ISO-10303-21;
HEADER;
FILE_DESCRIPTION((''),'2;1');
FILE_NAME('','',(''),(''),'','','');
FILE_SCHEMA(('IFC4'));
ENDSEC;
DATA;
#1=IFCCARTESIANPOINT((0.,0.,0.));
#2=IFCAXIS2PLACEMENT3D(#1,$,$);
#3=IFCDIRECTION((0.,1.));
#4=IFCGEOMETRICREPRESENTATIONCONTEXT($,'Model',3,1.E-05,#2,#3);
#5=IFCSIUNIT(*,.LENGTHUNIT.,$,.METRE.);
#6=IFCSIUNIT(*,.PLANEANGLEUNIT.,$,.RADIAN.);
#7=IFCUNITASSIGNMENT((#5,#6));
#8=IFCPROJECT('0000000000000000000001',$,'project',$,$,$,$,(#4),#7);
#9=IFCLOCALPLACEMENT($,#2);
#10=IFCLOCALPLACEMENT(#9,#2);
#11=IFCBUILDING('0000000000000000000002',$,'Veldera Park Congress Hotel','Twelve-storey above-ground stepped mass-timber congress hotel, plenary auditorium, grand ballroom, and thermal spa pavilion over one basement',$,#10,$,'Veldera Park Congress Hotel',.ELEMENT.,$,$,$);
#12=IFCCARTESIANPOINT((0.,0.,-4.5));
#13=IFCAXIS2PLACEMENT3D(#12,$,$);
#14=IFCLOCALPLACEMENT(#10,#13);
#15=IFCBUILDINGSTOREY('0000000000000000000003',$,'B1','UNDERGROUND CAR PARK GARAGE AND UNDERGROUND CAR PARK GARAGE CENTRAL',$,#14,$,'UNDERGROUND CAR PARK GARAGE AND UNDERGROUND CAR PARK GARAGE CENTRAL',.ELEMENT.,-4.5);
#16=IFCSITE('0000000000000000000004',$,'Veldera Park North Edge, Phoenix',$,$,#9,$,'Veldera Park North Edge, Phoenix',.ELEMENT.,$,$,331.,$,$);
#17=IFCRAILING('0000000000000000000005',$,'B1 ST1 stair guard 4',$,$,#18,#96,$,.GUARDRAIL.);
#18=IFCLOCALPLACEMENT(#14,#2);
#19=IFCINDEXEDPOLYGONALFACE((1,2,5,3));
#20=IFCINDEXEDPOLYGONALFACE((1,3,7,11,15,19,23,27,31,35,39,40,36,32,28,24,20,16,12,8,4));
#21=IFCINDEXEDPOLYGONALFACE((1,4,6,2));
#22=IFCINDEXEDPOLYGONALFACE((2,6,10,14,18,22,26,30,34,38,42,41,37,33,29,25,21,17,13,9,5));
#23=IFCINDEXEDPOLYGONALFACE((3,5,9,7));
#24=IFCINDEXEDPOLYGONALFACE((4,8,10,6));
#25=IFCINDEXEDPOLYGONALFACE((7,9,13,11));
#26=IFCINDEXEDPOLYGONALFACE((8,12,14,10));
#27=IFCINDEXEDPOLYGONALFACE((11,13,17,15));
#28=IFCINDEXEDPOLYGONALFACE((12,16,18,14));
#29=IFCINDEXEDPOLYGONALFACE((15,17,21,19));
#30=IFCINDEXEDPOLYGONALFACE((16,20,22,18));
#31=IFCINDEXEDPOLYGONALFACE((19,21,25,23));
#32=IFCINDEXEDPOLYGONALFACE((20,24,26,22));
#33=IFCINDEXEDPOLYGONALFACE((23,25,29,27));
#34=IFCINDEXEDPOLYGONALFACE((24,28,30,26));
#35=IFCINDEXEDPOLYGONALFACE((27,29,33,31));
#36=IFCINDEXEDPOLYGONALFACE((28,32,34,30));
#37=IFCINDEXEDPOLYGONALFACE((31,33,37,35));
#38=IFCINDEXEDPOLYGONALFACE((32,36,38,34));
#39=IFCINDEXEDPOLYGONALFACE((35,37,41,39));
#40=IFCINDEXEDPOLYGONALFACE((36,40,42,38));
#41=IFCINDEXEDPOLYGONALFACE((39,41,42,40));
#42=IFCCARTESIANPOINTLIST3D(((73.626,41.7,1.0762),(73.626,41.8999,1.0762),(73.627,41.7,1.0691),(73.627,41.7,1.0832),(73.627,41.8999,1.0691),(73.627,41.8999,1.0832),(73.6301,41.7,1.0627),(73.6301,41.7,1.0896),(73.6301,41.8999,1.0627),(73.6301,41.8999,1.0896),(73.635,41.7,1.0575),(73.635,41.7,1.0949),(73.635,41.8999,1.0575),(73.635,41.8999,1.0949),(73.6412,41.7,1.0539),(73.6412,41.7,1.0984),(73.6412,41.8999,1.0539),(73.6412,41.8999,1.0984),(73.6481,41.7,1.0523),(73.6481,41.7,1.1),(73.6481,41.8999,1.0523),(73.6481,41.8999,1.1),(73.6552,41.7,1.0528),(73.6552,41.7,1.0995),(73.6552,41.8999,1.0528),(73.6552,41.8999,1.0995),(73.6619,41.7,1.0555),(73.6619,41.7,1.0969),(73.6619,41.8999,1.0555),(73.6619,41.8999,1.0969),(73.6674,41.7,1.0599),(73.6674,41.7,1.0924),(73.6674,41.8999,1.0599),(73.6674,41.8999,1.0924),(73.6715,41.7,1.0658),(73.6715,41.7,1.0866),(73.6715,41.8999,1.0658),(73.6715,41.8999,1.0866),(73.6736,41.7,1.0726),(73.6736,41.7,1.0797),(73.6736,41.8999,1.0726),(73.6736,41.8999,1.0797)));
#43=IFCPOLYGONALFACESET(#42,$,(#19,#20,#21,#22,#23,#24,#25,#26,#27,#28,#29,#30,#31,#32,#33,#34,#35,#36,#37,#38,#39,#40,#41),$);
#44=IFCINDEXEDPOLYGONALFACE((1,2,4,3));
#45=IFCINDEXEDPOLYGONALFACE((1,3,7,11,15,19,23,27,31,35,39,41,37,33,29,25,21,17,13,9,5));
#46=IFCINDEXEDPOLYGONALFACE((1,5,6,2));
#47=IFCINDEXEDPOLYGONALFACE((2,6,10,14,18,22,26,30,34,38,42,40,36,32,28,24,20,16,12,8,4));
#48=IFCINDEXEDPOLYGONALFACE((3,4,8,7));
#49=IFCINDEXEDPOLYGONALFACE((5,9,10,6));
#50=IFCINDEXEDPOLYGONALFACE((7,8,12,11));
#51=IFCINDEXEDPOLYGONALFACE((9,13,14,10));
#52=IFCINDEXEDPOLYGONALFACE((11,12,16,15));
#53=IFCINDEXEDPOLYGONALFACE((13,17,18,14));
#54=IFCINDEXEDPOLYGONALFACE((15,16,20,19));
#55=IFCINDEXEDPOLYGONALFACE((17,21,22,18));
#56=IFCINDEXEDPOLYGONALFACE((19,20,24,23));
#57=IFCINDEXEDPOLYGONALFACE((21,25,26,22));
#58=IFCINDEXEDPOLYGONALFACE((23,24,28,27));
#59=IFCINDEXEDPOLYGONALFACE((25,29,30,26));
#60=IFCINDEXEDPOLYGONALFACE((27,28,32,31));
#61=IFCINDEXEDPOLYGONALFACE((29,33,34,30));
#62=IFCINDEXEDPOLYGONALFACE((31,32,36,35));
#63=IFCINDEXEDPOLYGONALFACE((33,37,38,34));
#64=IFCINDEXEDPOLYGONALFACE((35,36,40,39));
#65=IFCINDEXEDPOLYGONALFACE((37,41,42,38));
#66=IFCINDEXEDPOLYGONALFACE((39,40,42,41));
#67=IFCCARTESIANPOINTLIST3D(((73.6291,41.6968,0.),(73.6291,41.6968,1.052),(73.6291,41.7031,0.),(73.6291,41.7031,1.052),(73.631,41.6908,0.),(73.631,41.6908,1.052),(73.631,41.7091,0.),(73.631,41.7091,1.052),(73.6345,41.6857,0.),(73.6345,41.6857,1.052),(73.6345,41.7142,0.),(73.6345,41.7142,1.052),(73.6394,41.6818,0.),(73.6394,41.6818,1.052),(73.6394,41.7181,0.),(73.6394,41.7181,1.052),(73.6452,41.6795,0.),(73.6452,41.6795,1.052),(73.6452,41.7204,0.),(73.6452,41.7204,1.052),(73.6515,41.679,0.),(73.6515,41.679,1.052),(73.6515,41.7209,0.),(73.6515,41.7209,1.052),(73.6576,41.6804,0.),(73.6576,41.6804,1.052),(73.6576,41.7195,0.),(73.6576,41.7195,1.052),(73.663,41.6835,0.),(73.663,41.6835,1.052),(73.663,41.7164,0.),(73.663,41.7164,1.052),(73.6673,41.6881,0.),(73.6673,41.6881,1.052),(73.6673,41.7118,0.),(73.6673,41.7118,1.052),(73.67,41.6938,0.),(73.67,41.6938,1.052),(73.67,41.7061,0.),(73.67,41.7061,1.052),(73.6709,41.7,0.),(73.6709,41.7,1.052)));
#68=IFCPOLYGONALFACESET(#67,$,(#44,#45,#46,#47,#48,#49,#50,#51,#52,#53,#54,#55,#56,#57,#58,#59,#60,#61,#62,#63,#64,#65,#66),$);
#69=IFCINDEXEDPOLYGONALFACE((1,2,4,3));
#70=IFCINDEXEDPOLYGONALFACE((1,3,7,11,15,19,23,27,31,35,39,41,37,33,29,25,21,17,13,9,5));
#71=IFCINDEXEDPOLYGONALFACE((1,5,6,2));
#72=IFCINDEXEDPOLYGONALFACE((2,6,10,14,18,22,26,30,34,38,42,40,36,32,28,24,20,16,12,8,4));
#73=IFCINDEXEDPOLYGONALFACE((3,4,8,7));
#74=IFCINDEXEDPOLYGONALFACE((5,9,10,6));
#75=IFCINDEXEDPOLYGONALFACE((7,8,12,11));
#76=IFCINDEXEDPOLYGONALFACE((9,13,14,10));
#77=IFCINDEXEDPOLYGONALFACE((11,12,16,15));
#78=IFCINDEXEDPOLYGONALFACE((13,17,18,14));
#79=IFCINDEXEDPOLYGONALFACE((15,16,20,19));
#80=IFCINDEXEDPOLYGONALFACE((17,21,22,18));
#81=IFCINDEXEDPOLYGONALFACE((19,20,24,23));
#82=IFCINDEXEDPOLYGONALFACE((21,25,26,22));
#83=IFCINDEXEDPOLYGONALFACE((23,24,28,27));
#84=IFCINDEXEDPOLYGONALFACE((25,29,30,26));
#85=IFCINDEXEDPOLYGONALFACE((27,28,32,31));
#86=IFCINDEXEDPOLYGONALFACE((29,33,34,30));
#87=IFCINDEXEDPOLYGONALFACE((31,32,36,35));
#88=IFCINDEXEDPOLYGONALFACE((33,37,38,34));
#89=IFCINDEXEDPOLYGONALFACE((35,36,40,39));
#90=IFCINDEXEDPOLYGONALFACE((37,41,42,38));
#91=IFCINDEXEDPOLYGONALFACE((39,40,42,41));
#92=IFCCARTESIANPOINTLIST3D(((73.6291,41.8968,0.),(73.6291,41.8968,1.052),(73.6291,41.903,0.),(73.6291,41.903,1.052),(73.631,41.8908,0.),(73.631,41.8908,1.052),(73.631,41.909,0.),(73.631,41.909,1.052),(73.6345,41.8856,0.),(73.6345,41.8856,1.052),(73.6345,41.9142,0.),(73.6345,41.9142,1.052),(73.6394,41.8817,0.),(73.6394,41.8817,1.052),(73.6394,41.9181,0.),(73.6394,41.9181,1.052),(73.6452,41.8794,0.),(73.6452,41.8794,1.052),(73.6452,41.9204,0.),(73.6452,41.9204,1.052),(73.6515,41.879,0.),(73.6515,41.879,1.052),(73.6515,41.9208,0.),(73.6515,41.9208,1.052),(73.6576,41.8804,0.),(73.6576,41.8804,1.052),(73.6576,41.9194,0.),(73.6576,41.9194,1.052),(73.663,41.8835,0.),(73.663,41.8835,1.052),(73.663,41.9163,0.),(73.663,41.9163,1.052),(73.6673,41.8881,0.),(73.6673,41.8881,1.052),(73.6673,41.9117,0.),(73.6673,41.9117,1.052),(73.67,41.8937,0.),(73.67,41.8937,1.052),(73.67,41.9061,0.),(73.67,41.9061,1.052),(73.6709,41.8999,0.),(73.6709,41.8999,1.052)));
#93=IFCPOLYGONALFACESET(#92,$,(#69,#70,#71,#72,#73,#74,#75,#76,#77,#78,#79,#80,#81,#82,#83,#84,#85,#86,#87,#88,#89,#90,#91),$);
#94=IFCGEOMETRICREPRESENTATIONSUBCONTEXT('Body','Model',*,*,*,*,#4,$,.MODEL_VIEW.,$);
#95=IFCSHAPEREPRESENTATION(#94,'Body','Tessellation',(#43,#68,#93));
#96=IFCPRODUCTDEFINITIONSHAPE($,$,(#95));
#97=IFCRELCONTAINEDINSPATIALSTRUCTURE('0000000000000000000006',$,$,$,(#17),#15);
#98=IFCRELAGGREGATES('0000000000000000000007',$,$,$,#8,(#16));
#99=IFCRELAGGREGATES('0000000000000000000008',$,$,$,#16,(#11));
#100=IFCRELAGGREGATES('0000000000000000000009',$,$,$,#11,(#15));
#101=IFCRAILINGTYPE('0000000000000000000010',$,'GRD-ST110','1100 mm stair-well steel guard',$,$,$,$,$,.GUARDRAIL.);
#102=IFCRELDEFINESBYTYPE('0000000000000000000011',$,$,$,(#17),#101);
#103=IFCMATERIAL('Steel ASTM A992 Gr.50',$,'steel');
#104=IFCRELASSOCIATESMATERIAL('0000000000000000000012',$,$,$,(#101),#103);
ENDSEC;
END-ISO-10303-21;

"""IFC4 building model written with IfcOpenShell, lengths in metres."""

from ifc_helpers import new_model, si_unit, direction, frame, origin, origin_2d, place, context, subcontext, project, spatial, circle, extrude, material, type_object, element, save


model = new_model("IFC4")

# Units and contexts
model_context = context("Model", 3, precision=1e-05, world=origin(), true_north=direction((0.0, 1.0)))
body_context = subcontext(model_context, "Body", "Model", "MODEL_VIEW")
ifc_project = project(units=[si_unit("LENGTHUNIT", "METRE"), si_unit("PLANEANGLEUNIT", "RADIAN")], contexts=[model_context])

# Site, building, storey
site_placement = place(None, origin())
site = spatial("IfcSite", under=ifc_project, at=site_placement, Name="Veldera Park North Edge, Phoenix", LongName="Veldera Park North Edge, Phoenix", CompositionType="ELEMENT", RefElevation=331.0)
building_placement = place(site_placement, origin())
building = spatial("IfcBuilding", under=site, at=building_placement, Name="Veldera Park Congress Hotel", Description="Twelve-storey above-ground stepped mass-timber congress hotel, plenary auditorium, grand ballroom, and thermal spa pavilion over one basement", LongName="Veldera Park Congress Hotel", CompositionType="ELEMENT")
storey_placement = place(building_placement, frame((0.0, 0.0, -4.5)))
storey = spatial("IfcBuildingStorey", under=building, at=storey_placement, Name="B1", Description="UNDERGROUND CAR PARK GARAGE AND UNDERGROUND CAR PARK GARAGE CENTRAL", LongName="UNDERGROUND CAR PARK GARAGE AND UNDERGROUND CAR PARK GARAGE CENTRAL", CompositionType="ELEMENT", Elevation=-4.5)

# Railing
ifc_material_1 = material(Name="Steel ASTM A992 Gr.50", Category="steel")
railing_type_1 = type_object("IfcRailingType", Name="GRD-ST110", Description="1100 mm stair-well steel guard", PredefinedType="GUARDRAIL", material=ifc_material_1)
railing_1_placement = place(storey_placement, frame((73.6499, 41.7, 0.0)))
element("IfcRailing", 1, at=railing_1_placement, inside=storey, type_object=railing_type_1, Name="B1 ST1 stair guard 4", PredefinedType="GUARDRAIL", context=body_context, shape_type="SweptSolid", body=[
    extrude(circle(Radius=0.0239, at=origin_2d()), frame((0.0, 0.0, 1.0762), z_axis=(0.0, 1.0, 0.0), x_axis=(-1.0, 0.0, 0.0)), (0.0, 0.0, 1.0), 0.2),
    extrude(circle(Radius=0.021, at=origin_2d()), origin(), (0.0, 0.0, 1.0), 1.052),
    extrude(circle(Radius=0.021, at=origin_2d()), frame((0.0, 0.2, 0.0)), (0.0, 0.0, 1.0), 1.052),
])

save(model, "model.ifc")
